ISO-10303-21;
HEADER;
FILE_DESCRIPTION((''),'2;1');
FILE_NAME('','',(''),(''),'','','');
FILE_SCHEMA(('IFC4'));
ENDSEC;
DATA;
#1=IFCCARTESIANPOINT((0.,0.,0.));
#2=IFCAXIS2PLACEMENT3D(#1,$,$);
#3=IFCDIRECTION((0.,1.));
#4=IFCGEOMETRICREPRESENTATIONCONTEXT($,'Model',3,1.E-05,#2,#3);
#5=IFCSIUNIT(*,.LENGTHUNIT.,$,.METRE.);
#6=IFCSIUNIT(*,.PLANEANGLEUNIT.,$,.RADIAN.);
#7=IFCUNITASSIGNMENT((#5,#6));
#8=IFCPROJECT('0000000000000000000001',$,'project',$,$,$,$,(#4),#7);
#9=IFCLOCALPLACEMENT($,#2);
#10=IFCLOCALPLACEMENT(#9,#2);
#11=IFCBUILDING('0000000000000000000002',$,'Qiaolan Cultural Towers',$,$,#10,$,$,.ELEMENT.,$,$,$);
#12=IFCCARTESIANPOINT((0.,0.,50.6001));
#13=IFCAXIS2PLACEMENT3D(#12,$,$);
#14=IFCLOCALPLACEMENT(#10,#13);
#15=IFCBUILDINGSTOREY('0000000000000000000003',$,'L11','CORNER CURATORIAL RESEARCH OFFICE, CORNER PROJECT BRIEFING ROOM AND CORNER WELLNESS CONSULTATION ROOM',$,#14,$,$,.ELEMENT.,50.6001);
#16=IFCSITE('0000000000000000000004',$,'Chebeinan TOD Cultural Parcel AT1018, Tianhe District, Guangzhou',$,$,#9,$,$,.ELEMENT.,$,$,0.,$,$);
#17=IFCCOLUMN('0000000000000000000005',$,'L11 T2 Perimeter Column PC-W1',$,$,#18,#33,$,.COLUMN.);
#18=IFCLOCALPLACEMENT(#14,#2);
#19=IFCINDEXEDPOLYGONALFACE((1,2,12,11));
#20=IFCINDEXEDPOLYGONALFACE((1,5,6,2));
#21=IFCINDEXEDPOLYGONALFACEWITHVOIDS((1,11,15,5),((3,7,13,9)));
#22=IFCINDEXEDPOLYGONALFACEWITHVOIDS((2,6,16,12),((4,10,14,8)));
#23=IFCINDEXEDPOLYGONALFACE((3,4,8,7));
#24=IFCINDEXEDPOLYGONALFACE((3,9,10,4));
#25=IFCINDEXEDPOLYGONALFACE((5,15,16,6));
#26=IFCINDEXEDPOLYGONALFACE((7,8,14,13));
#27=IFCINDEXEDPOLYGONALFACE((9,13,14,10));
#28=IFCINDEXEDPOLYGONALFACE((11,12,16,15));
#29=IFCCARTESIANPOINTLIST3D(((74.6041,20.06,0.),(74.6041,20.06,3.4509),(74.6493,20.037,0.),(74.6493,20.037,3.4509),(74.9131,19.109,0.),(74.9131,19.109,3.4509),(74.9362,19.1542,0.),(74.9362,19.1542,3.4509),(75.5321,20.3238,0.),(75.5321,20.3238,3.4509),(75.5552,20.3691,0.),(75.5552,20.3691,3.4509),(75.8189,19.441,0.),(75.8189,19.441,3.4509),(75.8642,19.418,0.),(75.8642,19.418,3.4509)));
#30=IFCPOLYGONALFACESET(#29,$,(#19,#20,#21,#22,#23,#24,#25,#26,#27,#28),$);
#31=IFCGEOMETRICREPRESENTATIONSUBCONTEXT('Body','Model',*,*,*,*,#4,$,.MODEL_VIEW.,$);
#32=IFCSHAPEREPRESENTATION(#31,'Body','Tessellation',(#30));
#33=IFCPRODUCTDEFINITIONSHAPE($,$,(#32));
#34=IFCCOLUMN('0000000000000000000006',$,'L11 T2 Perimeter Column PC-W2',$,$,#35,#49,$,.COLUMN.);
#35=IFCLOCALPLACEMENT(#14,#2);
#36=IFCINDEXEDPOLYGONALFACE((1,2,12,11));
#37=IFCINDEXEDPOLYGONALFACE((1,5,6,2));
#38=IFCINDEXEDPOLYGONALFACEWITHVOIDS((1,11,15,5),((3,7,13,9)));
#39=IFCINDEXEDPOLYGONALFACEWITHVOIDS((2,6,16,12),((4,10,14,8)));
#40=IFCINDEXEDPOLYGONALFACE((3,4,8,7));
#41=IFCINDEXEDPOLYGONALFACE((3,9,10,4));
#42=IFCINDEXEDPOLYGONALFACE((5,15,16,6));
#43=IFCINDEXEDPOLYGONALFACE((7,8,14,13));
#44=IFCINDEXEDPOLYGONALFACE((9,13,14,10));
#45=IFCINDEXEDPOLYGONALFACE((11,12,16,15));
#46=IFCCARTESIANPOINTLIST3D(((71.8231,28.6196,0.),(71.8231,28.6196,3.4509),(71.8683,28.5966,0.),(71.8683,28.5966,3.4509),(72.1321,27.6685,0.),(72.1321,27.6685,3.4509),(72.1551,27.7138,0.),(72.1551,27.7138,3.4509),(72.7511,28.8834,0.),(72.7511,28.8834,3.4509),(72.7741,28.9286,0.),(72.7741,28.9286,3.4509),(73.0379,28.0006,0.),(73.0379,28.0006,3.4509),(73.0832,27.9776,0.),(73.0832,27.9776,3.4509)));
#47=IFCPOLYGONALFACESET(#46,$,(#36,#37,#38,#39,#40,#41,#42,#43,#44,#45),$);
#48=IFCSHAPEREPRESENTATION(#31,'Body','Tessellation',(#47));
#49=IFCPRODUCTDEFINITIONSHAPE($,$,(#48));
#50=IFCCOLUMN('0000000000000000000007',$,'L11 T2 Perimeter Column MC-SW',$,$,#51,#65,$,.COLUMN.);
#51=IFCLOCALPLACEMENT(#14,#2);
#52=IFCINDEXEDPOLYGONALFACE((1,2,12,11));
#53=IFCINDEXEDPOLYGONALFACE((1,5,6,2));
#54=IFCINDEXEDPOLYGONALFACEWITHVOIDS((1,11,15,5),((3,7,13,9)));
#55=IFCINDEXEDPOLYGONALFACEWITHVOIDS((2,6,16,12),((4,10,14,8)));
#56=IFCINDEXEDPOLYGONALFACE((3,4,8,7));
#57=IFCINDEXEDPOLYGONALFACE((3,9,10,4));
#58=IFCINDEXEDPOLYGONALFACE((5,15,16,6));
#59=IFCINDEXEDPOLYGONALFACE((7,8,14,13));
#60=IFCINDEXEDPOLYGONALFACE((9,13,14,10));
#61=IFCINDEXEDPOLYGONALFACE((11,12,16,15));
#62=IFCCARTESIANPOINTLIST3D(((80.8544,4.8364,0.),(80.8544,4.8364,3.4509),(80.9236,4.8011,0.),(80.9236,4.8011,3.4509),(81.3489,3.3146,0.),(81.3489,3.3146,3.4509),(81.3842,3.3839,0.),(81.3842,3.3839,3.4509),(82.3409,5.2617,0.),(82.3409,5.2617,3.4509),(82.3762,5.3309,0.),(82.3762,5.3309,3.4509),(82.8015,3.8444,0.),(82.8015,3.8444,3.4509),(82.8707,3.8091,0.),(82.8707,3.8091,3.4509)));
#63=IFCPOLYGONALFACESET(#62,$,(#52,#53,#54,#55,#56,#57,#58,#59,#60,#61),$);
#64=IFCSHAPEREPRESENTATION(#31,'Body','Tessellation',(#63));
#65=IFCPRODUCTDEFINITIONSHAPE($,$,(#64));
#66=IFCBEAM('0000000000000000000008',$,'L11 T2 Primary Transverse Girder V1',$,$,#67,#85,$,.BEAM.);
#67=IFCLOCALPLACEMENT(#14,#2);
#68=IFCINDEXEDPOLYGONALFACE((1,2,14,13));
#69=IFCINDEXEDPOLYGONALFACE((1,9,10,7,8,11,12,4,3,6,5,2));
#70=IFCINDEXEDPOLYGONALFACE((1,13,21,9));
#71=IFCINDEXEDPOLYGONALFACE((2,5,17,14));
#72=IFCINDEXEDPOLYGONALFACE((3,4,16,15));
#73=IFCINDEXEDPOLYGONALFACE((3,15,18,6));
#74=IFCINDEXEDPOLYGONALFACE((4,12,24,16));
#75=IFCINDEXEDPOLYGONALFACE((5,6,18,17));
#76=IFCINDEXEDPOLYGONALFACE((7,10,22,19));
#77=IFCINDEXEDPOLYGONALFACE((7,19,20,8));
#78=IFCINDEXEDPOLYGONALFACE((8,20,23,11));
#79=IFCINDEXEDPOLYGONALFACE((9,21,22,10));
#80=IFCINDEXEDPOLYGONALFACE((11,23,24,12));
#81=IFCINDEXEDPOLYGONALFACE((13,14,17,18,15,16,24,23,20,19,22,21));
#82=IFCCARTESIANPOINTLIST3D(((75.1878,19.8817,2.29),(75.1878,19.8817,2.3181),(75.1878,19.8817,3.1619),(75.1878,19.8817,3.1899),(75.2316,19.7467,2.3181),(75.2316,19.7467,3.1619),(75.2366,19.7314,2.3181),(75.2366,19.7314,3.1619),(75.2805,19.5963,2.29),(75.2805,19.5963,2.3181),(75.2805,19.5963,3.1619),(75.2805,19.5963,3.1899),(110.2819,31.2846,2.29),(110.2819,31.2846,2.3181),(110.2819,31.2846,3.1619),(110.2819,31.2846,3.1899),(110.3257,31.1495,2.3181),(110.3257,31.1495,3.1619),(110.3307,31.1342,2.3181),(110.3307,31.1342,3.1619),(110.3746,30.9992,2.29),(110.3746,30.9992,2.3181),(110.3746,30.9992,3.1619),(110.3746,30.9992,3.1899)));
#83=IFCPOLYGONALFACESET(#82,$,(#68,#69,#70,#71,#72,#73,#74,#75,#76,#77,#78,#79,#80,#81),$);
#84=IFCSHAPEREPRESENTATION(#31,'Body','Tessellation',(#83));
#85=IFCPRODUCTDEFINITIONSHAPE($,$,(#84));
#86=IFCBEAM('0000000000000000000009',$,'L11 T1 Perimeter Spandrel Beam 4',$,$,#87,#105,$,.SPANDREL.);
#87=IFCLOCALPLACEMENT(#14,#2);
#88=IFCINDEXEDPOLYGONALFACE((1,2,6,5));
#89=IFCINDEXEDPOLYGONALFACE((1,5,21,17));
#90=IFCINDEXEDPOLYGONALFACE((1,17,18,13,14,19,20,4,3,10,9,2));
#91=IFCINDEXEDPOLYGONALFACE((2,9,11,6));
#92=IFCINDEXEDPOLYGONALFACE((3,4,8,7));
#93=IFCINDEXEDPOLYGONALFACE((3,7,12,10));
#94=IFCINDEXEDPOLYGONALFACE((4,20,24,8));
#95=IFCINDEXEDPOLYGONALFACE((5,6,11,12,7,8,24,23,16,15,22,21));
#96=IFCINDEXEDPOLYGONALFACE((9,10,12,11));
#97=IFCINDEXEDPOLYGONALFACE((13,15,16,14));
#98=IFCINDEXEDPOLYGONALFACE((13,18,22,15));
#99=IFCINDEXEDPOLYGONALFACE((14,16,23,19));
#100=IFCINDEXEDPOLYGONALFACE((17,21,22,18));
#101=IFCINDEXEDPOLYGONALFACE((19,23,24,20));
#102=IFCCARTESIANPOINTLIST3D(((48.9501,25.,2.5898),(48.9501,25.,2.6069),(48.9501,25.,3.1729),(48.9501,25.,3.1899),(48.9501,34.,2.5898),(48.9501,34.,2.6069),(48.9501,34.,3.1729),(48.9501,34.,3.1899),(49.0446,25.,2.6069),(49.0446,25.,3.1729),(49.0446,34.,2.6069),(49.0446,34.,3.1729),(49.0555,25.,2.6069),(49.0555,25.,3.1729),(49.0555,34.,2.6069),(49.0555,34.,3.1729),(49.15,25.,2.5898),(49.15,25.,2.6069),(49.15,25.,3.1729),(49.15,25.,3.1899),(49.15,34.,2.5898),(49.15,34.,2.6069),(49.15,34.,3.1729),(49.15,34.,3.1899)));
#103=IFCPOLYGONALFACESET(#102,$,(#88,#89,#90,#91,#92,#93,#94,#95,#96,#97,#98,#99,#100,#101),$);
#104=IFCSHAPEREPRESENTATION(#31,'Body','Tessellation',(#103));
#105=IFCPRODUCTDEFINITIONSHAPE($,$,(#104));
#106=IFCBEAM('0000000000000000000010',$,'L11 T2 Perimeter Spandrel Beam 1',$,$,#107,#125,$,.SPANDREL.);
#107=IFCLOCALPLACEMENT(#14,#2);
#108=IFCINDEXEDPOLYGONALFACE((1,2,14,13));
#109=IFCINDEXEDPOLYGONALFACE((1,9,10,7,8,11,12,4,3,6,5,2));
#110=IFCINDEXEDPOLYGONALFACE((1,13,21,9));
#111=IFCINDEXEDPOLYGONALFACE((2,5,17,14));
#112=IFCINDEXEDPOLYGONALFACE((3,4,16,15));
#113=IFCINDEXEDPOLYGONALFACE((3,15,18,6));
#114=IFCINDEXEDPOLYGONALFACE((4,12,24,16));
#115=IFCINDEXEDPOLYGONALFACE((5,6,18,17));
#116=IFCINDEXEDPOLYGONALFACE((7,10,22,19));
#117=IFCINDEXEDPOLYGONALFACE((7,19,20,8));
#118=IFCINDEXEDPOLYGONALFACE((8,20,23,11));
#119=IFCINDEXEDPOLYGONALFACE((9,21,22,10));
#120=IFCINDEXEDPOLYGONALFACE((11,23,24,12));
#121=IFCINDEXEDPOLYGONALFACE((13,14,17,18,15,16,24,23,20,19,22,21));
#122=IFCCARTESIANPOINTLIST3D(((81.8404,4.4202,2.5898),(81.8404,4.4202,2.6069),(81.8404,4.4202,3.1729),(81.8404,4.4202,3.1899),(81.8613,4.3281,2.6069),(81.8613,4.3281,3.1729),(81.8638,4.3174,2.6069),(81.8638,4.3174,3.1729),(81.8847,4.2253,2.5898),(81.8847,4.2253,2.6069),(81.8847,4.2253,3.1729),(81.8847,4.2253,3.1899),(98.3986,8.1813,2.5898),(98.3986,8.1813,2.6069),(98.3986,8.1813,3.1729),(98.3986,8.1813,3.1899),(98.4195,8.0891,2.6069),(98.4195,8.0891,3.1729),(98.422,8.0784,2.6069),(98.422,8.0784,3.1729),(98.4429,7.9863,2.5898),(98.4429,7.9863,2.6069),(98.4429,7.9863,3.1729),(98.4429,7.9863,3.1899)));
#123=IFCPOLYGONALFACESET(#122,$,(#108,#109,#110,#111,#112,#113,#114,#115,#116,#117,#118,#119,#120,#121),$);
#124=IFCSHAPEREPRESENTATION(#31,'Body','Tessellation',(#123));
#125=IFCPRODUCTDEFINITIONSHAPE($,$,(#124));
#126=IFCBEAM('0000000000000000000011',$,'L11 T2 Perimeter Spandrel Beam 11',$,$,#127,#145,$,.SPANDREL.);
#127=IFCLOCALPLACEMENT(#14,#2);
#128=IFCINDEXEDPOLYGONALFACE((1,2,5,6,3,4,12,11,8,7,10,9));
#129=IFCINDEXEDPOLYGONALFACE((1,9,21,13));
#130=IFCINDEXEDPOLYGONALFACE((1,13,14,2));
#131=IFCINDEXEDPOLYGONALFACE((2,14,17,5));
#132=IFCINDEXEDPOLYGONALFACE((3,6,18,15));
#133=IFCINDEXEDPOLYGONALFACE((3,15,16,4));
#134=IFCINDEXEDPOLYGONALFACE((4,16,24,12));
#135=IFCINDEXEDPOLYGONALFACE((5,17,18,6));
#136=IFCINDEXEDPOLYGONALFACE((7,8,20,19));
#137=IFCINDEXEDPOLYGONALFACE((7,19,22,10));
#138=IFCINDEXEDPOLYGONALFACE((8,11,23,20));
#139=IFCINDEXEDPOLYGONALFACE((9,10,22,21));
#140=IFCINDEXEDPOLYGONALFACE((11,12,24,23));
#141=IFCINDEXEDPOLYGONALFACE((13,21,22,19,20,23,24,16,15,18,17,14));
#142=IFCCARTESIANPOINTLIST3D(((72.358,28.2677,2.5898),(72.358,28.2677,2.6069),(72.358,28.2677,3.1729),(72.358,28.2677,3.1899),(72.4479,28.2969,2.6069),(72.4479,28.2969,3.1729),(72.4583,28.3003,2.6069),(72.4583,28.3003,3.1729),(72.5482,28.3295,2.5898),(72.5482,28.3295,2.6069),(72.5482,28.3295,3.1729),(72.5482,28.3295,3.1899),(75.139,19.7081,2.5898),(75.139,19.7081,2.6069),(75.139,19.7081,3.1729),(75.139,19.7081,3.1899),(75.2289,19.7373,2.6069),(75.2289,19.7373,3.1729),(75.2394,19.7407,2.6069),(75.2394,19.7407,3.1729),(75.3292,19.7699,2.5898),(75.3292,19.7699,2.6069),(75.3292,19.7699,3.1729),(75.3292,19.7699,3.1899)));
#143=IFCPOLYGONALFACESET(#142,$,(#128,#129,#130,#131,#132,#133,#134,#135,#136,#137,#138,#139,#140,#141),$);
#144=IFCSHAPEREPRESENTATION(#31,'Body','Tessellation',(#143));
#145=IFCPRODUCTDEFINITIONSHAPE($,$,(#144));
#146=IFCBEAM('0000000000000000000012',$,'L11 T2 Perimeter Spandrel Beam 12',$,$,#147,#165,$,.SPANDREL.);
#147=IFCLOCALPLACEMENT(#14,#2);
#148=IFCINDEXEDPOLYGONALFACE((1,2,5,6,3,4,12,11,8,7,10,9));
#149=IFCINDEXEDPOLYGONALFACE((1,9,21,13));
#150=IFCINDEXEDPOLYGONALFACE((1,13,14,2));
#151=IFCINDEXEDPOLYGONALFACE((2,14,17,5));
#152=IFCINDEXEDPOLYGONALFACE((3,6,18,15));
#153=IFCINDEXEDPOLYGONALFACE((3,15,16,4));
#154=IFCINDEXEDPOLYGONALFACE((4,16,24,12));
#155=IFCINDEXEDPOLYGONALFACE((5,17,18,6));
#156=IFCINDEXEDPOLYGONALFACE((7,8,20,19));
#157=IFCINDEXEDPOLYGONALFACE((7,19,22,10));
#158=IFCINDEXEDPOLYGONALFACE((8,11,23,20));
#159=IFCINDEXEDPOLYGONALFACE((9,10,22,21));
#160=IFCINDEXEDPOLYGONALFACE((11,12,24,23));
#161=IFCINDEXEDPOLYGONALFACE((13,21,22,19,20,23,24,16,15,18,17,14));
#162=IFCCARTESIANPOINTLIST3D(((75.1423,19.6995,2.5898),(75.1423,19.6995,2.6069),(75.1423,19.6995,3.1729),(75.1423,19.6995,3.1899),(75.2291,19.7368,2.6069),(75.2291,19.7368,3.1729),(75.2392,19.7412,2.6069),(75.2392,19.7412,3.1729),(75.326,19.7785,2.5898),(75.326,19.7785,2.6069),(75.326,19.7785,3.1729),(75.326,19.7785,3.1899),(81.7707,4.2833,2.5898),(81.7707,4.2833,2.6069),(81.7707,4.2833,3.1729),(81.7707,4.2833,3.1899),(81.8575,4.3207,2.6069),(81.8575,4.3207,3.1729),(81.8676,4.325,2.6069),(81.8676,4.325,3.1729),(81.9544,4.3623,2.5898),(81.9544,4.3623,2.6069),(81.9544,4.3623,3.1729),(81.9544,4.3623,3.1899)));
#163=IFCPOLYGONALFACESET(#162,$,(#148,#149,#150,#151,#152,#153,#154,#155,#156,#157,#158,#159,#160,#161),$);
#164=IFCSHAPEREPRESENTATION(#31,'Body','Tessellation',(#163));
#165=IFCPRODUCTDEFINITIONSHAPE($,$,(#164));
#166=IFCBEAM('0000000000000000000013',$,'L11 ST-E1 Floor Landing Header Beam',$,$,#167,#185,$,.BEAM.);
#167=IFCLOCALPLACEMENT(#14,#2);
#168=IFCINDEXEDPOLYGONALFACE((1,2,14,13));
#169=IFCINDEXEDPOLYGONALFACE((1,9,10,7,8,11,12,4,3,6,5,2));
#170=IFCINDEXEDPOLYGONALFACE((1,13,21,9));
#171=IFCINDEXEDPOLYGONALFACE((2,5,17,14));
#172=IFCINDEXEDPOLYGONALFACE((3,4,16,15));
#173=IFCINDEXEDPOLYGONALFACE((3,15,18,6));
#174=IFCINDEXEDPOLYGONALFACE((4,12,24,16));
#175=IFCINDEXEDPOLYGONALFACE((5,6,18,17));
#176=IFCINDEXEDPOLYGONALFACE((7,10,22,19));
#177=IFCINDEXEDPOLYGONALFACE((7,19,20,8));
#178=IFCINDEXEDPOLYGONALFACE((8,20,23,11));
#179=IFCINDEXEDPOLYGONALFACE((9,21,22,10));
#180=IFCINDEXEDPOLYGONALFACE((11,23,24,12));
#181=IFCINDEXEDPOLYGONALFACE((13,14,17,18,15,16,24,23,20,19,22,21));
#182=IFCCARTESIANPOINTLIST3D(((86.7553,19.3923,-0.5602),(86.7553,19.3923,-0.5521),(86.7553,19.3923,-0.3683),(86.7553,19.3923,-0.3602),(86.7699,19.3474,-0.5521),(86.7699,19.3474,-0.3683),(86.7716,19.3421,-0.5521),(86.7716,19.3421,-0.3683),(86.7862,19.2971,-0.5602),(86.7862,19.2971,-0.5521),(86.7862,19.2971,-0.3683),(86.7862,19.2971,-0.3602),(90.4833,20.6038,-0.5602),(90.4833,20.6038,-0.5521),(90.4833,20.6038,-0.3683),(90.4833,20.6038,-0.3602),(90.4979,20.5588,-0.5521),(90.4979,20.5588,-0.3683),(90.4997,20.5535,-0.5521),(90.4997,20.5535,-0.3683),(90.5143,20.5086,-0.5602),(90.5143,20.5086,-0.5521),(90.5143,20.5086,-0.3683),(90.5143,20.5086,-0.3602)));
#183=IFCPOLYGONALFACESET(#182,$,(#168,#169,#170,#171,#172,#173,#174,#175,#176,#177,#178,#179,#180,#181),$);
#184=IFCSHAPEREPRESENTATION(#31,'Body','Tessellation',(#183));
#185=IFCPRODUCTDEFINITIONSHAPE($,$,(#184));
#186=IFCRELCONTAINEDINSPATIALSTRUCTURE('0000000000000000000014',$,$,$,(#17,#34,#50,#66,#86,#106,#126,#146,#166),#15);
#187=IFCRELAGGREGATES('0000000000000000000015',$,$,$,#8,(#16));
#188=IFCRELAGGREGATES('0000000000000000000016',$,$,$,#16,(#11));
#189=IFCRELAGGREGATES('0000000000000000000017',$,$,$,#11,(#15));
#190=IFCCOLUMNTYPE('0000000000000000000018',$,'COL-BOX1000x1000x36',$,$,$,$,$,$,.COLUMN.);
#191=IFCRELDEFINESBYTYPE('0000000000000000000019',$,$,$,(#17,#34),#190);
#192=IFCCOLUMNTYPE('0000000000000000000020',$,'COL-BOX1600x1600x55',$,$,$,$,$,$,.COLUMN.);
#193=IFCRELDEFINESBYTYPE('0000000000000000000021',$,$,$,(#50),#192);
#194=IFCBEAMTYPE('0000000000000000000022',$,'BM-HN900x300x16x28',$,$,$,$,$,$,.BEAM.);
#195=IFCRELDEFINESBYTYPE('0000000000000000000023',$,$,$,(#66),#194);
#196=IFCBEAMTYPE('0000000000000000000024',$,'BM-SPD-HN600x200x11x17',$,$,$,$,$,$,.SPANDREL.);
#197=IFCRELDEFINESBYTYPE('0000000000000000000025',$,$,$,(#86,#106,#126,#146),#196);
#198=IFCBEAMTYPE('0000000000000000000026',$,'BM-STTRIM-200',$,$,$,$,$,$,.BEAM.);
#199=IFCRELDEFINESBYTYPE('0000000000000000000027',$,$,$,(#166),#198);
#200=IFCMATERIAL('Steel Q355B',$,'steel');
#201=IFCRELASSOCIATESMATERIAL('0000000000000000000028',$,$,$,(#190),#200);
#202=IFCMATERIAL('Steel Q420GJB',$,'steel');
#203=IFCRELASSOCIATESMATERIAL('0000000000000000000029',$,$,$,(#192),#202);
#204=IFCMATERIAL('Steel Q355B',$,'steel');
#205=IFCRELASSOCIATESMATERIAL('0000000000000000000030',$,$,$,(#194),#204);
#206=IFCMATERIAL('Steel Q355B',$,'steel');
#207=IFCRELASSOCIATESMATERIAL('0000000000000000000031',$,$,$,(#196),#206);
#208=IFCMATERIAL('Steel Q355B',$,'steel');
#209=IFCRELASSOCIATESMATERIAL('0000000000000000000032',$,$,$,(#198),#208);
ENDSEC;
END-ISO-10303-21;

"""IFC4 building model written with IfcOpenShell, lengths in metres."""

from ifc_helpers import new_model, si_unit, direction, frame, origin, origin_2d, place, context, subcontext, project, spatial, hollow_rectangle, i_section, extrude, material, material_profile, profile_set, type_object, element, save


model = new_model("IFC4")

# Units and contexts
model_context = context("Model", 3, precision=1e-05, world=origin(), true_north=direction((0.0, 1.0)))
body_context = subcontext(model_context, "Body", "Model", "MODEL_VIEW")
ifc_project = project(units=[si_unit("LENGTHUNIT", "METRE"), si_unit("PLANEANGLEUNIT", "RADIAN")], contexts=[model_context])

# Site, building, storey
site_placement = place(None, origin())
site = spatial("IfcSite", under=ifc_project, at=site_placement, Name="Chebeinan TOD Cultural Parcel AT1018, Tianhe District, Guangzhou", CompositionType="ELEMENT", RefElevation=0.0)
building_placement = place(site_placement, origin())
building = spatial("IfcBuilding", under=site, at=building_placement, Name="Qiaolan Cultural Towers", CompositionType="ELEMENT")
storey_placement = place(building_placement, frame((0.0, 0.0, 50.6001)))
storey = spatial("IfcBuildingStorey", under=building, at=storey_placement, Name="L11", Description="CORNER CURATORIAL RESEARCH OFFICE, CORNER PROJECT BRIEFING ROOM AND CORNER WELLNESS CONSULTATION ROOM", CompositionType="ELEMENT", Elevation=50.6001)

# Columns
ifc_material_1 = material(Name="Steel Q355B", Category="steel")
ifc_material_profile_1 = material_profile(ifc_material_1, hollow_rectangle(XDim=1.0, YDim=1.0, WallThickness=0.0359, at=origin_2d()), Name="BOX1000x1000x36")
ifc_profile_set_1 = profile_set([ifc_material_profile_1], Name="Steel Q355B")
column_type_1 = type_object("IfcColumnType", Name="COL-BOX1000x1000x36", PredefinedType="COLUMN", material=ifc_profile_set_1)
for number, where, z_axis, x_axis, name in (
    (1, (75.2341, 19.739, 0.0), (0.0, 0.0, 1.0), (0.951057, 0.309017, 0.0), "L11 T2 Perimeter Column PC-W1"),
    (2, (72.4531, 28.2986, 0.0), (0.0, 0.0, 1.0), (0.951057, 0.309017, 0.0), "L11 T2 Perimeter Column PC-W2"),
):
    element("IfcColumn", number, at=place(storey_placement, frame(where, z_axis=z_axis, x_axis=x_axis)), inside=storey, type_object=column_type_1, Name=name, PredefinedType="COLUMN", context=body_context, shape_type="SweptSolid", body=[
        extrude(hollow_rectangle(XDim=1.0, YDim=1.0, WallThickness=0.0359, at=origin_2d()), origin(), (0.0, 0.0, 1.0), 3.4509),
    ])
ifc_material_2 = material(Name="Steel Q420GJB", Category="steel")
ifc_material_profile_2 = material_profile(ifc_material_2, hollow_rectangle(XDim=1.6001, YDim=1.6001, WallThickness=0.0549, at=origin_2d()), Name="BOX1600x1600x55")
ifc_profile_set_2 = profile_set([ifc_material_profile_2], Name="Steel Q420GJB")
column_type_2 = type_object("IfcColumnType", Name="COL-BOX1600x1600x55", PredefinedType="COLUMN", material=ifc_profile_set_2)
column_placement = place(storey_placement, frame((81.8625, 4.3228, 0.0), z_axis=(0.0, 0.0, 1.0), x_axis=(0.951057, 0.309017, 0.0)))
element("IfcColumn", 3, at=column_placement, inside=storey, type_object=column_type_2, Name="L11 T2 Perimeter Column MC-SW", PredefinedType="COLUMN", context=body_context, shape_type="SweptSolid", body=[
    extrude(hollow_rectangle(XDim=1.6001, YDim=1.6001, WallThickness=0.0549, at=origin_2d()), origin(), (0.0, 0.0, 1.0), 3.4509),
])

# Beams
ifc_material_3 = material(Name="Steel Q355B", Category="steel")
ifc_material_profile_3 = material_profile(ifc_material_3, i_section(OverallWidth=0.3, OverallDepth=0.8999, WebThickness=0.0161, FlangeThickness=0.0281, at=origin_2d()), Name="HN900x300x16x28")
ifc_profile_set_3 = profile_set([ifc_material_profile_3], Name="Steel Q355B")
beam_type_1 = type_object("IfcBeamType", Name="BM-HN900x300x16x28", PredefinedType="BEAM", material=ifc_profile_set_3)
beam_1_placement = place(storey_placement, frame((75.2341, 19.739, 2.74), z_axis=(0.951056, 0.309019, 0.0), x_axis=(-0.309019, 0.951056, 0.0)))
element("IfcBeam", 4, at=beam_1_placement, inside=storey, type_object=beam_type_1, Name="L11 T2 Primary Transverse Girder V1", PredefinedType="BEAM", context=body_context, shape_type="SweptSolid", body=[
    extrude(i_section(OverallWidth=0.3, OverallDepth=0.8999, WebThickness=0.0161, FlangeThickness=0.0281, at=origin_2d()), origin(), (0.0, 0.0, 1.0), 36.9001),
])
ifc_material_4 = material(Name="Steel Q355B", Category="steel")
ifc_material_profile_4 = material_profile(ifc_material_4, i_section(OverallWidth=0.2, OverallDepth=0.6001, WebThickness=0.011, FlangeThickness=0.0171, at=origin_2d()), Name="HN600x200x11x17")
ifc_profile_set_4 = profile_set([ifc_material_profile_4], Name="Steel Q355B")
beam_type_2 = type_object("IfcBeamType", Name="BM-SPD-HN600x200x11x17", PredefinedType="SPANDREL", material=ifc_profile_set_4)
beam_2_placement = place(storey_placement, frame((49.05, 25.0, 2.8899), z_axis=(0.0, 1.0, 0.0), x_axis=(-1.0, 0.0, 0.0)))
element("IfcBeam", 5, at=beam_2_placement, inside=storey, type_object=beam_type_2, Name="L11 T1 Perimeter Spandrel Beam 4", PredefinedType="SPANDREL", context=body_context, shape_type="SweptSolid", body=[
    extrude(i_section(OverallWidth=0.2, OverallDepth=0.6001, WebThickness=0.011, FlangeThickness=0.0171, at=origin_2d()), origin(), (0.0, 0.0, 1.0), 9.0),
])
beam_3_placement = place(storey_placement, frame((81.8625, 4.3228, 2.8899), z_axis=(0.975161, 0.221497, 0.0), x_axis=(-0.221497, 0.975161, 0.0)))
element("IfcBeam", 6, at=beam_3_placement, inside=storey, type_object=beam_type_2, Name="L11 T2 Perimeter Spandrel Beam 1", PredefinedType="SPANDREL", context=body_context, shape_type="SweptSolid", body=[
    extrude(i_section(OverallWidth=0.2, OverallDepth=0.6001, WebThickness=0.011, FlangeThickness=0.0171, at=origin_2d()), origin(), (0.0, 0.0, 1.0), 16.98),
])
beam_4_placement = place(storey_placement, frame((72.4531, 28.2986, 2.8899), z_axis=(0.309, -0.951062, 0.0), x_axis=(0.951062, 0.309, 0.0)))
element("IfcBeam", 7, at=beam_4_placement, inside=storey, type_object=beam_type_2, Name="L11 T2 Perimeter Spandrel Beam 11", PredefinedType="SPANDREL", context=body_context, shape_type="SweptSolid", body=[
    extrude(i_section(OverallWidth=0.2, OverallDepth=0.6001, WebThickness=0.011, FlangeThickness=0.0171, at=origin_2d()), origin(), (0.0, 0.0, 1.0), 9.0),
])
beam_5_placement = place(storey_placement, frame((75.2341, 19.739, 2.8899), z_axis=(0.394999, -0.918682, 0.0), x_axis=(0.918682, 0.394999, 0.0)))
element("IfcBeam", 8, at=beam_5_placement, inside=storey, type_object=beam_type_2, Name="L11 T2 Perimeter Spandrel Beam 12", PredefinedType="SPANDREL", context=body_context, shape_type="SweptSolid", body=[
    extrude(i_section(OverallWidth=0.2, OverallDepth=0.6001, WebThickness=0.011, FlangeThickness=0.0171, at=origin_2d()), origin(), (0.0, 0.0, 1.0), 16.7808),
])
ifc_material_5 = material(Name="Steel Q355B", Category="steel")
ifc_material_profile_5 = material_profile(ifc_material_5, i_section(OverallWidth=0.1001, OverallDepth=0.2, WebThickness=0.0056, FlangeThickness=0.0081, at=origin_2d()), Name="HN200x100x5.5x8")
ifc_profile_set_5 = profile_set([ifc_material_profile_5], Name="Steel Q355B")
beam_type_3 = type_object("IfcBeamType", Name="BM-STTRIM-200", PredefinedType="BEAM", material=ifc_profile_set_5)
beam_6_placement = place(storey_placement, frame((86.7708, 19.3447, -0.4602), z_axis=(0.951048, 0.309044, 0.0), x_axis=(-0.309044, 0.951048, 0.0)))
element("IfcBeam", 9, at=beam_6_placement, inside=storey, type_object=beam_type_3, Name="L11 ST-E1 Floor Landing Header Beam", PredefinedType="BEAM", context=body_context, shape_type="SweptSolid", body=[
    extrude(i_section(OverallWidth=0.1001, OverallDepth=0.2, WebThickness=0.0056, FlangeThickness=0.0081, at=origin_2d()), origin(), (0.0, 0.0, 1.0), 3.9199),
])

save(model, "model.ifc")
